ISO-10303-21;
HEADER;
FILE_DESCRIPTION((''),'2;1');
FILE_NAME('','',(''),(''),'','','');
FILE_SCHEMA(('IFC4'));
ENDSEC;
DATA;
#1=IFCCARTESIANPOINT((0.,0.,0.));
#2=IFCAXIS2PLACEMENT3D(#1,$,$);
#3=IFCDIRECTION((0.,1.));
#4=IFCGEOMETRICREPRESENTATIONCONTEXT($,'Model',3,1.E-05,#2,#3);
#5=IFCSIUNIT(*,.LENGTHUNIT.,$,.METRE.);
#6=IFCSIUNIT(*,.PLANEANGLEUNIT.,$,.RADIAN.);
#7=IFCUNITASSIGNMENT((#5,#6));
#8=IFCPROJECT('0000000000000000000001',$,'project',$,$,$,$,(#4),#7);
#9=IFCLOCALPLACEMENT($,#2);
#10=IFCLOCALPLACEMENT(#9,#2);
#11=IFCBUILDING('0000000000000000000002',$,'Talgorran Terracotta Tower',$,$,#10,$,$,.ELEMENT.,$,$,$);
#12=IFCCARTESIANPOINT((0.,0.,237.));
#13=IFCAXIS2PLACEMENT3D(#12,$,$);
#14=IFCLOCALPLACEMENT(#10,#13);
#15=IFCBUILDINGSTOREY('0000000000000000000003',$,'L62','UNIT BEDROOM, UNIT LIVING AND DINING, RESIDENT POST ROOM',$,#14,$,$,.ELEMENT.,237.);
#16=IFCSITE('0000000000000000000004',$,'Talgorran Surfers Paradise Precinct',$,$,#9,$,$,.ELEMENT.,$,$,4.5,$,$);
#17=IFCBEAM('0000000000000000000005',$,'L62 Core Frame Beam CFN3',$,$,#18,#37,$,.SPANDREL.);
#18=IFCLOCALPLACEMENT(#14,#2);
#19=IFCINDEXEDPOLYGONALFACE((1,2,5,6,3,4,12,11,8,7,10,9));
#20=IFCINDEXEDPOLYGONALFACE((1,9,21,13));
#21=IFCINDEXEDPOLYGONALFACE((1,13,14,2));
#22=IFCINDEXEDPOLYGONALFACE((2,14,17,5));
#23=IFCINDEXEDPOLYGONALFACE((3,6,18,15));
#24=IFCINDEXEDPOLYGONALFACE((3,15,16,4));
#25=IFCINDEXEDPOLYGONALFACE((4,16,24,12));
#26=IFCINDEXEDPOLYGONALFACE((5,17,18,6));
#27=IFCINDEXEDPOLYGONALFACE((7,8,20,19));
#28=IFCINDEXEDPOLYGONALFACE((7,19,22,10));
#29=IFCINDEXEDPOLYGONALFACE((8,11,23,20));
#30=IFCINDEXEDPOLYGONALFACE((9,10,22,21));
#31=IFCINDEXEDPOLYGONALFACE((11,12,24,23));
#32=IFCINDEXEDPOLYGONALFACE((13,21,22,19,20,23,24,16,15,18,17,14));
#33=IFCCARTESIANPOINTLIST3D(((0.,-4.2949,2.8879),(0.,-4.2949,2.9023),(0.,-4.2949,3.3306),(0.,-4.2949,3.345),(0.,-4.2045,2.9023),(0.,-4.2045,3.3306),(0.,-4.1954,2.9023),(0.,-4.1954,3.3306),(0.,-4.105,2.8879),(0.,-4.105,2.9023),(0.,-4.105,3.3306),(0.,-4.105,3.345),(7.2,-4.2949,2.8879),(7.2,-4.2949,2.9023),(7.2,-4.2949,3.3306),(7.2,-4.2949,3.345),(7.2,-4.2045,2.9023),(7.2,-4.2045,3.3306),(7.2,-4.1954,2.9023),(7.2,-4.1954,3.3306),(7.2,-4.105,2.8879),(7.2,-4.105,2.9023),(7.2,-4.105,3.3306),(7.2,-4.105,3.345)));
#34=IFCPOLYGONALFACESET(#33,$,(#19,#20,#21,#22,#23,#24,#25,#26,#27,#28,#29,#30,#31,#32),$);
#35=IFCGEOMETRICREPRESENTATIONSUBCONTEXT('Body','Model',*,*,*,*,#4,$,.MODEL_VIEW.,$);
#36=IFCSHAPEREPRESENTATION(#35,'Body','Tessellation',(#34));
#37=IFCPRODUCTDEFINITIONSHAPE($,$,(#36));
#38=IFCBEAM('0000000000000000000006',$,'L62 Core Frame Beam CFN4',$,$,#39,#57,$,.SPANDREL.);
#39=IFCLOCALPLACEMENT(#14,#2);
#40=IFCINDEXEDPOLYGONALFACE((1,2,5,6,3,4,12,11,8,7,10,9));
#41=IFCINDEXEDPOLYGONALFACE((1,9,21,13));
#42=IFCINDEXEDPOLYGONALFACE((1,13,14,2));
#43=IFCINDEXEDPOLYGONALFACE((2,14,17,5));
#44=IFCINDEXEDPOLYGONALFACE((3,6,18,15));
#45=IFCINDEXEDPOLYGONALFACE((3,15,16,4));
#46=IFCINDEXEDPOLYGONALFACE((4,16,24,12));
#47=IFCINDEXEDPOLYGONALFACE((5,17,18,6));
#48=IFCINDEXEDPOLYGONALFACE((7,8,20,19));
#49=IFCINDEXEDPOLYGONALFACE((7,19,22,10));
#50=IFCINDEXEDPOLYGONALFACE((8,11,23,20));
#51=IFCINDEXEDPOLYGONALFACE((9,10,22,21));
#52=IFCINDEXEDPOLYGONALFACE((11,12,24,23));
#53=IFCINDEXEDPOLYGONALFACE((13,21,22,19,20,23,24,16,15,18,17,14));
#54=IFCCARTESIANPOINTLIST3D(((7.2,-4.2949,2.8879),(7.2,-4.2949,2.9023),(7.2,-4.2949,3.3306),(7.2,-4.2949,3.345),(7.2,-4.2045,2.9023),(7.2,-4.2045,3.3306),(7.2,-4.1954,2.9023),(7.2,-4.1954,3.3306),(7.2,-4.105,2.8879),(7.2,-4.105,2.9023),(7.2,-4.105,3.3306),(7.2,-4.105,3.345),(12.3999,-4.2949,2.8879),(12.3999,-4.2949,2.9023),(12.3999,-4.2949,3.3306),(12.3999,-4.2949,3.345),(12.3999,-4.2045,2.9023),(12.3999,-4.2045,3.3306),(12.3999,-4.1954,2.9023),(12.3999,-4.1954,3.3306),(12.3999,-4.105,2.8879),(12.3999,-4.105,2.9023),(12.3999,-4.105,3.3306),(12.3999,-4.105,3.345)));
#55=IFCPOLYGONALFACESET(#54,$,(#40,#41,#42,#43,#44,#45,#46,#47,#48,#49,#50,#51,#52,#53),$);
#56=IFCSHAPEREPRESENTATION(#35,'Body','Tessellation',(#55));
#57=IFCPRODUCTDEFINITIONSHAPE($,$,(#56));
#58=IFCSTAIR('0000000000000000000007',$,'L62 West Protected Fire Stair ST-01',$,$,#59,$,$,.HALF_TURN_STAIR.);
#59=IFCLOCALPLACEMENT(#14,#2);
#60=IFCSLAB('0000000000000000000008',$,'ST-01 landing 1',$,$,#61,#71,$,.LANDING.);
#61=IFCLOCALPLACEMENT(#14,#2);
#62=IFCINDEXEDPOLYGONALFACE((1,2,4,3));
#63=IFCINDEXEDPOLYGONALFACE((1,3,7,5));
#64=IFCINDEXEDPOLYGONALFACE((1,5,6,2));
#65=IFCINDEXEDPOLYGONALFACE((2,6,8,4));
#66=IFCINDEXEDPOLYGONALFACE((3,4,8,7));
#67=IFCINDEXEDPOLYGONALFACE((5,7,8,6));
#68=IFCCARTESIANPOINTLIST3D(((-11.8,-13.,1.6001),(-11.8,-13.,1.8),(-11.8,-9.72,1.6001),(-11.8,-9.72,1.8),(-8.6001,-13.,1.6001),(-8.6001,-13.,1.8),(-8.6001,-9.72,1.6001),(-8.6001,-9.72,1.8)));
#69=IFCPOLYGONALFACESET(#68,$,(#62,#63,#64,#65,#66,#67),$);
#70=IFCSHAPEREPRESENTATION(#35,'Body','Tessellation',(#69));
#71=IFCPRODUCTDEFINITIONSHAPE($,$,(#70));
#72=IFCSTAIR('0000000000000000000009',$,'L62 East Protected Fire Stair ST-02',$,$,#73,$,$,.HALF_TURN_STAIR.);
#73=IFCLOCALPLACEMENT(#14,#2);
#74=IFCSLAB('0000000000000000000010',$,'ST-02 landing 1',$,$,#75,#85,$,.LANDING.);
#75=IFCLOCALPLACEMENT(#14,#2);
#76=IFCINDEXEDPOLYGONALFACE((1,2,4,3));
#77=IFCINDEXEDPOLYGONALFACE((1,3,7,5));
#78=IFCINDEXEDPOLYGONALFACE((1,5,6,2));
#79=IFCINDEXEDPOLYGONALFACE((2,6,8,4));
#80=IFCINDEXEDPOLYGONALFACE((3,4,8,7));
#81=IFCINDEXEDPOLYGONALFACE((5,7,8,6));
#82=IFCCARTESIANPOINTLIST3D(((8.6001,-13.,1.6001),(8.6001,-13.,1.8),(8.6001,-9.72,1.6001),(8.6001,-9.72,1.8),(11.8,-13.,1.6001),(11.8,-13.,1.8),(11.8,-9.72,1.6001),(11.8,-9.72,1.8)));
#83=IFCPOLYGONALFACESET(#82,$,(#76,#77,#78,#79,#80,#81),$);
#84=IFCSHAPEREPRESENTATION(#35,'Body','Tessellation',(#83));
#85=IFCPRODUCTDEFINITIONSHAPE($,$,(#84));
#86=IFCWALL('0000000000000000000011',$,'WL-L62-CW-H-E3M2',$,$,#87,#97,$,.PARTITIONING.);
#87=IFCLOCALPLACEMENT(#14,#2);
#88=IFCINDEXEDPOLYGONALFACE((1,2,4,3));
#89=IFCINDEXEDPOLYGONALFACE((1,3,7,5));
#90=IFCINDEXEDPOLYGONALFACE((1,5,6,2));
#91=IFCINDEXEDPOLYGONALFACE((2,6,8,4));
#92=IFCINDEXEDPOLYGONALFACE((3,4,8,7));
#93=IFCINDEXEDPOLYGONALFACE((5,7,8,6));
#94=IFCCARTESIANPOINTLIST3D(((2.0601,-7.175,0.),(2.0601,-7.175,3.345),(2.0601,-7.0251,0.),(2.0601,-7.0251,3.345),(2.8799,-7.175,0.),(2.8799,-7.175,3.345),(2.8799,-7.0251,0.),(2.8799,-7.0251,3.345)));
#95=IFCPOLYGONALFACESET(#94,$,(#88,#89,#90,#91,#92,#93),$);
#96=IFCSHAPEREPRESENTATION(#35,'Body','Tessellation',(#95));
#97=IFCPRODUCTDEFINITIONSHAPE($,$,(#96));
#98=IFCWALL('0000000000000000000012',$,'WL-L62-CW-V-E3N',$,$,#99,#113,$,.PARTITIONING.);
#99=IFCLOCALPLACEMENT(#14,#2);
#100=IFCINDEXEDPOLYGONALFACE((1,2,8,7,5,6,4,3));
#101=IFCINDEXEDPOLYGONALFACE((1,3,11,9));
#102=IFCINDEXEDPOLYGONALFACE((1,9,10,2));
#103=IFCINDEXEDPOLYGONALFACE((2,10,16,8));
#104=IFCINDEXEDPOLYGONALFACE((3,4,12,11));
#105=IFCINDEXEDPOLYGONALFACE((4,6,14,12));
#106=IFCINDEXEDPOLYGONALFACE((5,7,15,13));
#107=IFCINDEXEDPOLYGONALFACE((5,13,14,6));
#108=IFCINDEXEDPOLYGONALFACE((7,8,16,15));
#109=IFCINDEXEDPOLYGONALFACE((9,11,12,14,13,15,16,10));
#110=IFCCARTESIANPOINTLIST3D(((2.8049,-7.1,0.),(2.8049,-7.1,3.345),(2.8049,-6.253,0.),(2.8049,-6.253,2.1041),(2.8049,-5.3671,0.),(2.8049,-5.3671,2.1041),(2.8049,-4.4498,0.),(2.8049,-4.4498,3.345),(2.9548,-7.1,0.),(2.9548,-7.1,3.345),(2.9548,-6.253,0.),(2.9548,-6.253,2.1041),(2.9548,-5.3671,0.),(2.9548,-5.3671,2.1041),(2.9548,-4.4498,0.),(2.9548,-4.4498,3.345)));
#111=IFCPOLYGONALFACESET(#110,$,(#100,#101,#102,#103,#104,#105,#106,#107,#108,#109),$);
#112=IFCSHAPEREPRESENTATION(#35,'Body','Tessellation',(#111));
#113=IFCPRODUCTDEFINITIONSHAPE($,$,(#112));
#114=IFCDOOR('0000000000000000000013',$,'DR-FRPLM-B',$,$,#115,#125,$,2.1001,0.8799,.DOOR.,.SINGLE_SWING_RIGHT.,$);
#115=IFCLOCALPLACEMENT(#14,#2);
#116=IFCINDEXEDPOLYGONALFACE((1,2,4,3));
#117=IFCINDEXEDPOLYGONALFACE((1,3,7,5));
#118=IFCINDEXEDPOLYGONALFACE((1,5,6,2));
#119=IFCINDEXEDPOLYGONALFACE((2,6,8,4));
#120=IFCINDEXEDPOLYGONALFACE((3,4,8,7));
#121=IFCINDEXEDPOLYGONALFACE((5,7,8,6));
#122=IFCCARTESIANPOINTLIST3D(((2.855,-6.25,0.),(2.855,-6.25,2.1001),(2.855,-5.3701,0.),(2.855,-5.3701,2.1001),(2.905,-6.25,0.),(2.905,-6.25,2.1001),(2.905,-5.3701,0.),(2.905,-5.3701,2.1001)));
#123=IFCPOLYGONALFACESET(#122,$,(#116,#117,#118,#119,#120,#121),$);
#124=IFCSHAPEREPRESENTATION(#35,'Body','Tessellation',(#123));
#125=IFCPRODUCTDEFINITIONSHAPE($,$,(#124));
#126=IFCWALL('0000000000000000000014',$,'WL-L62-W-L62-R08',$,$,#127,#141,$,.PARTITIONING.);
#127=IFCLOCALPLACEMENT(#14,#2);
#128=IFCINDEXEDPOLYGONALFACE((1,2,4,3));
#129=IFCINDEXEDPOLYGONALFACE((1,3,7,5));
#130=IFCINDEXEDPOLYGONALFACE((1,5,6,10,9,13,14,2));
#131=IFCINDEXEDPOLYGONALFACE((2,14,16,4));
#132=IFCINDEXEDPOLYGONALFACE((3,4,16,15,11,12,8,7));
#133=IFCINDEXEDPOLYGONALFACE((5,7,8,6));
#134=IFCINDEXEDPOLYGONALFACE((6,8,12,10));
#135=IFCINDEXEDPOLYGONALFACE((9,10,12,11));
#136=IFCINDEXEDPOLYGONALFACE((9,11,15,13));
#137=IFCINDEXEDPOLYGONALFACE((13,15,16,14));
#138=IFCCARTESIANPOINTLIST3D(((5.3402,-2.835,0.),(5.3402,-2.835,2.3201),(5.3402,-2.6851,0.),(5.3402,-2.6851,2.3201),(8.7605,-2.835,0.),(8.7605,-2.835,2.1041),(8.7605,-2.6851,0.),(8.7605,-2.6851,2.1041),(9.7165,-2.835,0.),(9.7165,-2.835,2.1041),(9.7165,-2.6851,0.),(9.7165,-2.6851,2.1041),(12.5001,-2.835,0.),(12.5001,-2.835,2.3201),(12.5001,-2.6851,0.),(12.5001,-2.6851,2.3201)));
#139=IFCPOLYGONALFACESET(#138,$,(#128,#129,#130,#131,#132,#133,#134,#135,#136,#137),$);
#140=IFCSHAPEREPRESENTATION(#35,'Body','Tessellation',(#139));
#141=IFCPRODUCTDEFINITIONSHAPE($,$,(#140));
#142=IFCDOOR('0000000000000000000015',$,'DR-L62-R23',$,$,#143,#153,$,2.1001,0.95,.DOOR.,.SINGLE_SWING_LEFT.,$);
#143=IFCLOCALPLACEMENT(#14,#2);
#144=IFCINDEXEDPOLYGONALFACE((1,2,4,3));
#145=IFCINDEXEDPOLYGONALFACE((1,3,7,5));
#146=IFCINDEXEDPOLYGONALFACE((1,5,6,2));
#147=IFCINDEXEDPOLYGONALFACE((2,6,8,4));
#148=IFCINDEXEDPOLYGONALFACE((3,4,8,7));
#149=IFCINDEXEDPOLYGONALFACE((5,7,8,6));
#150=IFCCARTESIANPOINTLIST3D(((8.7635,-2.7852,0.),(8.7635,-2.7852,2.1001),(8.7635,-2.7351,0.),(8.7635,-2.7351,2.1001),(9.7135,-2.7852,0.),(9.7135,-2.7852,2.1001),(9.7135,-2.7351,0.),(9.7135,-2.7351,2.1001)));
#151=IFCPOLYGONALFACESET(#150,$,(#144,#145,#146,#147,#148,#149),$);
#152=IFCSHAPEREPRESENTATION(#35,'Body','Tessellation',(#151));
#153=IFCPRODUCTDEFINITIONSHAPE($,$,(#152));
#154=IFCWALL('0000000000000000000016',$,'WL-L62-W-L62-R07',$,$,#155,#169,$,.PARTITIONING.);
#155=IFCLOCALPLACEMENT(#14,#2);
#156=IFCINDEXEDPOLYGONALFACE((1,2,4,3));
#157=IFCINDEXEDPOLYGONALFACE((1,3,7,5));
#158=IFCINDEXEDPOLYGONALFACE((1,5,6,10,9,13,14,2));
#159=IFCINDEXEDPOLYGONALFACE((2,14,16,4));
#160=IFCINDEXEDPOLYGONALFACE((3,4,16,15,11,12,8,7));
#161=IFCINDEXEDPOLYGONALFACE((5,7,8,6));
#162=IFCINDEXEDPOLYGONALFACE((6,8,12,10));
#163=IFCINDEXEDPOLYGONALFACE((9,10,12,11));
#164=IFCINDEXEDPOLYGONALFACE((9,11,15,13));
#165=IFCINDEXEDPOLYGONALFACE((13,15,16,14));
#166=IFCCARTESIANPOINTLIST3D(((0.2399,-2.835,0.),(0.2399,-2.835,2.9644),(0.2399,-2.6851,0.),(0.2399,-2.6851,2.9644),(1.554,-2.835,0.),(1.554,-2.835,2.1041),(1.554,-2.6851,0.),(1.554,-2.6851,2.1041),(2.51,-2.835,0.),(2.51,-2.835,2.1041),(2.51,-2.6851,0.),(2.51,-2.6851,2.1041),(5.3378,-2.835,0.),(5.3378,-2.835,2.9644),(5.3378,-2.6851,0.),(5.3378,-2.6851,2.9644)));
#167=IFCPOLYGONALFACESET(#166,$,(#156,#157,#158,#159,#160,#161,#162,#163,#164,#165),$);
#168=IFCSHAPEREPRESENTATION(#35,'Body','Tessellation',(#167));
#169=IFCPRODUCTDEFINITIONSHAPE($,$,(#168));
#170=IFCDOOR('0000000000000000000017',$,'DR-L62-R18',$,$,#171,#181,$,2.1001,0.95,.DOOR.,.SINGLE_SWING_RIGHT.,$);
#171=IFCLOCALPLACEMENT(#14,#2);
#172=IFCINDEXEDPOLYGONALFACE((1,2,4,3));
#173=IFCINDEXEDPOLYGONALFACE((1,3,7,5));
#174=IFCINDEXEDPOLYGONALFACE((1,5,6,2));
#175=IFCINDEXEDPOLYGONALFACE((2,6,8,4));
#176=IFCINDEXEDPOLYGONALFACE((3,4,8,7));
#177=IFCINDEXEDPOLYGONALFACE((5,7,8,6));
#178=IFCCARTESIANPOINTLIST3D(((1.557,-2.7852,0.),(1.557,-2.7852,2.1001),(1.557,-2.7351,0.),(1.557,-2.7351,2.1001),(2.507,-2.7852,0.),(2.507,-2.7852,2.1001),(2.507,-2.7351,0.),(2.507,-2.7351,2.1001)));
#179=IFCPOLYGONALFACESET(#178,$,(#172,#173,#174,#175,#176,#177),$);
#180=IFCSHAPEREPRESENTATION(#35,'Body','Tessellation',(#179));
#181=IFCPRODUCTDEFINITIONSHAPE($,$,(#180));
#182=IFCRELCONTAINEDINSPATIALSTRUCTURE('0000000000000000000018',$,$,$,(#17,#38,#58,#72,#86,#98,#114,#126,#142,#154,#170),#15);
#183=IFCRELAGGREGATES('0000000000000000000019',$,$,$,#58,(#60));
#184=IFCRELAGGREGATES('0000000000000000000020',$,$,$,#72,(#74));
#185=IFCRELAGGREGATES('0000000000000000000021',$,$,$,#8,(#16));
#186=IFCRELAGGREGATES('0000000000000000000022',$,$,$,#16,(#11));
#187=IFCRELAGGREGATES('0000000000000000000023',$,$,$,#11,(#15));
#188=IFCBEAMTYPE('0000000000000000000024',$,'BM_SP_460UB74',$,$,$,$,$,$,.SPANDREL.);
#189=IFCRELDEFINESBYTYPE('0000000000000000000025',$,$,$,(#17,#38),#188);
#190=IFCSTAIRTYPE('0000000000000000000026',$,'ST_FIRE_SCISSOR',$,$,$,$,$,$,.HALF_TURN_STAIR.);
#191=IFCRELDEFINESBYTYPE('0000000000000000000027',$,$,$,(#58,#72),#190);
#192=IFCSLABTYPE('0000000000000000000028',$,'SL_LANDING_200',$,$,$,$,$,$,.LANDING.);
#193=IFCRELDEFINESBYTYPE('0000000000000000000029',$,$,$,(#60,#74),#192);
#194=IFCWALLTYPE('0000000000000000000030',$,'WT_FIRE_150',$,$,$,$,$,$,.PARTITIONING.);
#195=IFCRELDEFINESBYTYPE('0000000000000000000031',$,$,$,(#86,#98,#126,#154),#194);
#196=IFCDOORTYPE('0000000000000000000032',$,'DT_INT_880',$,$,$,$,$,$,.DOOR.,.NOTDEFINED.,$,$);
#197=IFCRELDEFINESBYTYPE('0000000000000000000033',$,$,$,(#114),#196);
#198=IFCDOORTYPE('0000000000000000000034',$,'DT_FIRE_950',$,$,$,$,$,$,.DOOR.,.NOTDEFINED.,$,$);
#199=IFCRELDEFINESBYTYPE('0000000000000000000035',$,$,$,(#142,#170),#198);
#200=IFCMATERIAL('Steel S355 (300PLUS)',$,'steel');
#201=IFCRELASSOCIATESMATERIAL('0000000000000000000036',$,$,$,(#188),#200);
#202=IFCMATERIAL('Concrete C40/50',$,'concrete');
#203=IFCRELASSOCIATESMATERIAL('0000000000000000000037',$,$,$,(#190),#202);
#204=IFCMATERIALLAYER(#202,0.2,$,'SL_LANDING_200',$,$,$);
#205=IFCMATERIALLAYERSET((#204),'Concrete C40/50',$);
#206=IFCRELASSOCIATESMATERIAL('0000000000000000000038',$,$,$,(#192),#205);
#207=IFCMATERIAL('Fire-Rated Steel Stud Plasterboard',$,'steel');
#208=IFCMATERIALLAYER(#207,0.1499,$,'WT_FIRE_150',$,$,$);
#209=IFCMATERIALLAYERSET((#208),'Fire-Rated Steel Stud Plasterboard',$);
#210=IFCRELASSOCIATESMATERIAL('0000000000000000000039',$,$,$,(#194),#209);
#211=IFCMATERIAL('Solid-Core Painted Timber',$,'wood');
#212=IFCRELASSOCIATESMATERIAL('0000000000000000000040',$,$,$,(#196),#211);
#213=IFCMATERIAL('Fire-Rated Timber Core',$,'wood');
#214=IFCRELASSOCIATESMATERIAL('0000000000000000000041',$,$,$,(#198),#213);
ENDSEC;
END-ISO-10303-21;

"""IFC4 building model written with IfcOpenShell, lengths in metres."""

from ifc_helpers import new_model, si_unit, direction, frame, frame_2d, origin, origin_2d, place, context, subcontext, project, spatial, polyline, rectangle, i_section, outline, extrude, material, layer, layer_set, material_profile, profile_set, type_object, element, fill, aggregate, save


model = new_model("IFC4")

# Units and contexts
model_context = context("Model", 3, precision=1e-05, world=origin(), true_north=direction((0.0, 1.0)))
body_context = subcontext(model_context, "Body", "Model", "MODEL_VIEW")
ifc_project = project(units=[si_unit("LENGTHUNIT", "METRE"), si_unit("PLANEANGLEUNIT", "RADIAN")], contexts=[model_context])

# Site, building, storey
site_placement = place(None, origin())
site = spatial("IfcSite", under=ifc_project, at=site_placement, Name="Talgorran Surfers Paradise Precinct", CompositionType="ELEMENT", RefElevation=4.5)
building_placement = place(site_placement, origin())
building = spatial("IfcBuilding", under=site, at=building_placement, Name="Talgorran Terracotta Tower", CompositionType="ELEMENT")
storey_placement = place(building_placement, frame((0.0, 0.0, 237.0)))
storey = spatial("IfcBuildingStorey", under=building, at=storey_placement, Name="L62", Description="UNIT BEDROOM, UNIT LIVING AND DINING, RESIDENT POST ROOM", CompositionType="ELEMENT", Elevation=237.0)

# Shared definitions
ifc_material_1 = material(Name="Steel S355 (300PLUS)", Category="steel")

# Beams
ifc_material_profile_1 = material_profile(ifc_material_1, i_section(OverallWidth=0.1899, OverallDepth=0.457, WebThickness=0.009, FlangeThickness=0.0144, at=origin_2d()), Name="460UB74.6")
ifc_profile_set_1 = profile_set([ifc_material_profile_1], Name="Steel S355 (300PLUS)")
beam_type_1 = type_object("IfcBeamType", Name="BM_SP_460UB74", PredefinedType="SPANDREL", material=ifc_profile_set_1)
beam_1_placement = place(storey_placement, frame((0.0, -4.2, 3.1165), z_axis=(1.0, 0.0, 0.0), x_axis=(0.0, 1.0, 0.0)))
element("IfcBeam", 1, at=beam_1_placement, inside=storey, type_object=beam_type_1, Name="L62 Core Frame Beam CFN3", PredefinedType="SPANDREL", context=body_context, shape_type="SweptSolid", body=[
    extrude(i_section(OverallWidth=0.1899, OverallDepth=0.457, WebThickness=0.009, FlangeThickness=0.0144, at=origin_2d()), origin(), (0.0, 0.0, 1.0), 7.2),
])
beam_2_placement = place(storey_placement, frame((7.2, -4.2, 3.1165), z_axis=(1.0, 0.0, 0.0), x_axis=(0.0, 1.0, 0.0)))
element("IfcBeam", 2, at=beam_2_placement, inside=storey, type_object=beam_type_1, Name="L62 Core Frame Beam CFN4", PredefinedType="SPANDREL", context=body_context, shape_type="SweptSolid", body=[
    extrude(i_section(OverallWidth=0.1899, OverallDepth=0.457, WebThickness=0.009, FlangeThickness=0.0144, at=origin_2d()), origin(), (0.0, 0.0, 1.0), 5.2),
])

# Stairs, slabs
ifc_material_2 = material(Name="Concrete C40/50", Category="concrete")
stair_type = type_object("IfcStairType", Name="ST_FIRE_SCISSOR", PredefinedType="HALF_TURN_STAIR", material=ifc_material_2)
stair_1_placement = place(storey_placement, origin())
stair_1 = element("IfcStair", 3, at=stair_1_placement, inside=storey, type_object=stair_type, Name="L62 West Protected Fire Stair ST-01", PredefinedType="HALF_TURN_STAIR")
ifc_layer_1 = layer(ifc_material_2, 0.2, Name="SL_LANDING_200")
ifc_layer_set_1 = layer_set([ifc_layer_1], Name="Concrete C40/50")
slab_type = type_object("IfcSlabType", Name="SL_LANDING_200", PredefinedType="LANDING", material=ifc_layer_set_1)
slab_1_placement = place(storey_placement, frame((0.0, 0.0, 1.6001)))
slab_1 = element("IfcSlab", 4, at=slab_1_placement, type_object=slab_type, Name="ST-01 landing 1", PredefinedType="LANDING", context=body_context, shape_type="SweptSolid", body=[
    extrude(outline(polyline([(-11.8, -9.72), (-11.8, -13.0), (-8.6001, -13.0), (-8.6001, -9.72), (-11.8, -9.72)])), origin(), (0.0, 0.0, 1.0), 0.2),
])
aggregate(stair_1, [slab_1])
stair_2_placement = place(storey_placement, origin())
stair_2 = element("IfcStair", 5, at=stair_2_placement, inside=storey, type_object=stair_type, Name="L62 East Protected Fire Stair ST-02", PredefinedType="HALF_TURN_STAIR")
slab_2_placement = place(storey_placement, frame((0.0, 0.0, 1.6001)))
slab_2 = element("IfcSlab", 6, at=slab_2_placement, type_object=slab_type, Name="ST-02 landing 1", PredefinedType="LANDING", context=body_context, shape_type="SweptSolid", body=[
    extrude(outline(polyline([(8.6001, -9.72), (8.6001, -13.0), (11.8, -13.0), (11.8, -9.72), (8.6001, -9.72)])), origin(), (0.0, 0.0, 1.0), 0.2),
])
aggregate(stair_2, [slab_2])

# Wall
ifc_material_3 = material(Name="Fire-Rated Steel Stud Plasterboard", Category="steel")
ifc_layer_2 = layer(ifc_material_3, 0.1499, Name="WT_FIRE_150")
ifc_layer_set_2 = layer_set([ifc_layer_2], Name="Fire-Rated Steel Stud Plasterboard")
wall_type_1 = type_object("IfcWallType", Name="WT_FIRE_150", PredefinedType="PARTITIONING", material=ifc_layer_set_2)
wall_1_placement = place(storey_placement, frame((2.0601, -7.1001, 0.0), z_axis=(0.0, 0.0, 1.0), x_axis=(1.0, 0.0, 0.0)))
element("IfcWall", 7, at=wall_1_placement, inside=storey, type_object=wall_type_1, Name="WL-L62-CW-H-E3M2", PredefinedType="PARTITIONING", context=body_context, shape_type="SweptSolid", body=[
    extrude(rectangle(XDim=0.8198, YDim=0.1499, at=frame_2d((0.4099, 0.0))), origin(), (0.0, 0.0, 1.0), 3.345),
])

# Walls, openings, doors
wall_2_placement = place(storey_placement, frame((2.8799, -7.1001, 0.0), z_axis=(0.0, 0.0, 1.0), x_axis=(0.0, 1.0, 0.0)))
wall_2 = element("IfcWall", 8, at=wall_2_placement, inside=storey, type_object=wall_type_1, Name="WL-L62-CW-V-E3N", PredefinedType="PARTITIONING", context=body_context, shape_type="SweptSolid", body=[
    extrude(rectangle(XDim=2.6501, YDim=0.1499, at=frame_2d((1.3252, 0.0))), origin(), (0.0, 0.0, 1.0), 3.345),
])
opening_1_placement = place(wall_2_placement, frame((0.8501, 0.0, 0.0)))
opening_1 = element("IfcOpeningElement", 9, at=opening_1_placement, cuts=wall_2, PredefinedType="OPENING", context=body_context, shape_type="SweptSolid", body=[
    extrude(rectangle(XDim=0.8859, YDim=2.1041, at=frame_2d((0.4399, 1.052))), frame((0.0, 0.085, 0.0), z_axis=(0.0, -1.0, 0.0), x_axis=(1.0, 0.0, 0.0)), (0.0, 0.0, 1.0), 0.1699),
])
ifc_material_4 = material(Name="Solid-Core Painted Timber", Category="wood")
door_type_1 = type_object("IfcDoorType", Name="DT_INT_880", OperationType="NOTDEFINED", PredefinedType="DOOR", material=ifc_material_4)
door_1_placement = place(opening_1_placement, origin())
door_1 = element("IfcDoor", 10, at=door_1_placement, inside=storey, type_object=door_type_1, Name="DR-FRPLM-B", OperationType="SINGLE_SWING_RIGHT", OverallHeight=2.1001, OverallWidth=0.8799, PredefinedType="DOOR", context=body_context, shape_type="SweptSolid", body=[
    extrude(rectangle(XDim=0.8799, YDim=2.1001, at=frame_2d((0.4399, 1.05))), frame((0.0, 0.0249, 0.0), z_axis=(0.0, -1.0, 0.0), x_axis=(1.0, 0.0, 0.0)), (0.0, 0.0, 1.0), 0.05),
])
fill(opening_1, door_1)
wall_3_placement = place(storey_placement, frame((5.3401, -2.76, 0.0), z_axis=(0.0, 0.0, 1.0), x_axis=(1.0, 0.0, 0.0)))
wall_3 = element("IfcWall", 11, at=wall_3_placement, inside=storey, type_object=wall_type_1, Name="WL-L62-W-L62-R08", PredefinedType="PARTITIONING", context=body_context, shape_type="SweptSolid", body=[
    extrude(rectangle(XDim=7.1599, YDim=0.1499, at=frame_2d((3.5801, 0.0))), origin(), (0.0, 0.0, 1.0), 2.3201),
])
opening_2_placement = place(wall_3_placement, frame((3.4233, 0.0, 0.0)))
opening_2 = element("IfcOpeningElement", 12, at=opening_2_placement, cuts=wall_3, PredefinedType="OPENING", context=body_context, shape_type="SweptSolid", body=[
    extrude(rectangle(XDim=0.956, YDim=2.1041, at=frame_2d((0.4751, 1.052))), frame((0.0, 0.085, 0.0), z_axis=(0.0, -1.0, 0.0), x_axis=(1.0, 0.0, 0.0)), (0.0, 0.0, 1.0), 0.1699),
])
ifc_material_5 = material(Name="Fire-Rated Timber Core", Category="wood")
door_type_2 = type_object("IfcDoorType", Name="DT_FIRE_950", OperationType="NOTDEFINED", PredefinedType="DOOR", material=ifc_material_5)
door_2_placement = place(opening_2_placement, origin())
door_2 = element("IfcDoor", 13, at=door_2_placement, inside=storey, type_object=door_type_2, Name="DR-L62-R23", OperationType="SINGLE_SWING_LEFT", OverallHeight=2.1001, OverallWidth=0.95, PredefinedType="DOOR", context=body_context, shape_type="SweptSolid", body=[
    extrude(rectangle(XDim=0.95, YDim=2.1001, at=frame_2d((0.4751, 1.05))), frame((0.0, 0.0249, 0.0), z_axis=(0.0, -1.0, 0.0), x_axis=(1.0, 0.0, 0.0)), (0.0, 0.0, 1.0), 0.05),
])
fill(opening_2, door_2)
wall_4_placement = place(storey_placement, frame((0.24, -2.76, 0.0), z_axis=(0.0, 0.0, 1.0), x_axis=(1.0, 0.0, 0.0)))
wall_4 = element("IfcWall", 14, at=wall_4_placement, inside=storey, type_object=wall_type_1, Name="WL-L62-W-L62-R07", PredefinedType="PARTITIONING", context=body_context, shape_type="SweptSolid", body=[
    extrude(rectangle(XDim=5.0979, YDim=0.1499, at=frame_2d((2.5488, 0.0))), origin(), (0.0, 0.0, 1.0), 2.9644),
])
opening_3_placement = place(wall_4_placement, frame((1.3169, 0.0, 0.0)))
opening_3 = element("IfcOpeningElement", 15, at=opening_3_placement, cuts=wall_4, PredefinedType="OPENING", context=body_context, shape_type="SweptSolid", body=[
    extrude(rectangle(XDim=0.956, YDim=2.1041, at=frame_2d((0.4751, 1.052))), frame((0.0, 0.085, 0.0), z_axis=(0.0, -1.0, 0.0), x_axis=(1.0, 0.0, 0.0)), (0.0, 0.0, 1.0), 0.1699),
])
door_3_placement = place(opening_3_placement, origin())
door_3 = element("IfcDoor", 16, at=door_3_placement, inside=storey, type_object=door_type_2, Name="DR-L62-R18", OperationType="SINGLE_SWING_RIGHT", OverallHeight=2.1001, OverallWidth=0.95, PredefinedType="DOOR", context=body_context, shape_type="SweptSolid", body=[
    extrude(rectangle(XDim=0.95, YDim=2.1001, at=frame_2d((0.4751, 1.05))), frame((0.0, 0.0249, 0.0), z_axis=(0.0, -1.0, 0.0), x_axis=(1.0, 0.0, 0.0)), (0.0, 0.0, 1.0), 0.05),
])
fill(opening_3, door_3)

save(model, "model.ifc")
